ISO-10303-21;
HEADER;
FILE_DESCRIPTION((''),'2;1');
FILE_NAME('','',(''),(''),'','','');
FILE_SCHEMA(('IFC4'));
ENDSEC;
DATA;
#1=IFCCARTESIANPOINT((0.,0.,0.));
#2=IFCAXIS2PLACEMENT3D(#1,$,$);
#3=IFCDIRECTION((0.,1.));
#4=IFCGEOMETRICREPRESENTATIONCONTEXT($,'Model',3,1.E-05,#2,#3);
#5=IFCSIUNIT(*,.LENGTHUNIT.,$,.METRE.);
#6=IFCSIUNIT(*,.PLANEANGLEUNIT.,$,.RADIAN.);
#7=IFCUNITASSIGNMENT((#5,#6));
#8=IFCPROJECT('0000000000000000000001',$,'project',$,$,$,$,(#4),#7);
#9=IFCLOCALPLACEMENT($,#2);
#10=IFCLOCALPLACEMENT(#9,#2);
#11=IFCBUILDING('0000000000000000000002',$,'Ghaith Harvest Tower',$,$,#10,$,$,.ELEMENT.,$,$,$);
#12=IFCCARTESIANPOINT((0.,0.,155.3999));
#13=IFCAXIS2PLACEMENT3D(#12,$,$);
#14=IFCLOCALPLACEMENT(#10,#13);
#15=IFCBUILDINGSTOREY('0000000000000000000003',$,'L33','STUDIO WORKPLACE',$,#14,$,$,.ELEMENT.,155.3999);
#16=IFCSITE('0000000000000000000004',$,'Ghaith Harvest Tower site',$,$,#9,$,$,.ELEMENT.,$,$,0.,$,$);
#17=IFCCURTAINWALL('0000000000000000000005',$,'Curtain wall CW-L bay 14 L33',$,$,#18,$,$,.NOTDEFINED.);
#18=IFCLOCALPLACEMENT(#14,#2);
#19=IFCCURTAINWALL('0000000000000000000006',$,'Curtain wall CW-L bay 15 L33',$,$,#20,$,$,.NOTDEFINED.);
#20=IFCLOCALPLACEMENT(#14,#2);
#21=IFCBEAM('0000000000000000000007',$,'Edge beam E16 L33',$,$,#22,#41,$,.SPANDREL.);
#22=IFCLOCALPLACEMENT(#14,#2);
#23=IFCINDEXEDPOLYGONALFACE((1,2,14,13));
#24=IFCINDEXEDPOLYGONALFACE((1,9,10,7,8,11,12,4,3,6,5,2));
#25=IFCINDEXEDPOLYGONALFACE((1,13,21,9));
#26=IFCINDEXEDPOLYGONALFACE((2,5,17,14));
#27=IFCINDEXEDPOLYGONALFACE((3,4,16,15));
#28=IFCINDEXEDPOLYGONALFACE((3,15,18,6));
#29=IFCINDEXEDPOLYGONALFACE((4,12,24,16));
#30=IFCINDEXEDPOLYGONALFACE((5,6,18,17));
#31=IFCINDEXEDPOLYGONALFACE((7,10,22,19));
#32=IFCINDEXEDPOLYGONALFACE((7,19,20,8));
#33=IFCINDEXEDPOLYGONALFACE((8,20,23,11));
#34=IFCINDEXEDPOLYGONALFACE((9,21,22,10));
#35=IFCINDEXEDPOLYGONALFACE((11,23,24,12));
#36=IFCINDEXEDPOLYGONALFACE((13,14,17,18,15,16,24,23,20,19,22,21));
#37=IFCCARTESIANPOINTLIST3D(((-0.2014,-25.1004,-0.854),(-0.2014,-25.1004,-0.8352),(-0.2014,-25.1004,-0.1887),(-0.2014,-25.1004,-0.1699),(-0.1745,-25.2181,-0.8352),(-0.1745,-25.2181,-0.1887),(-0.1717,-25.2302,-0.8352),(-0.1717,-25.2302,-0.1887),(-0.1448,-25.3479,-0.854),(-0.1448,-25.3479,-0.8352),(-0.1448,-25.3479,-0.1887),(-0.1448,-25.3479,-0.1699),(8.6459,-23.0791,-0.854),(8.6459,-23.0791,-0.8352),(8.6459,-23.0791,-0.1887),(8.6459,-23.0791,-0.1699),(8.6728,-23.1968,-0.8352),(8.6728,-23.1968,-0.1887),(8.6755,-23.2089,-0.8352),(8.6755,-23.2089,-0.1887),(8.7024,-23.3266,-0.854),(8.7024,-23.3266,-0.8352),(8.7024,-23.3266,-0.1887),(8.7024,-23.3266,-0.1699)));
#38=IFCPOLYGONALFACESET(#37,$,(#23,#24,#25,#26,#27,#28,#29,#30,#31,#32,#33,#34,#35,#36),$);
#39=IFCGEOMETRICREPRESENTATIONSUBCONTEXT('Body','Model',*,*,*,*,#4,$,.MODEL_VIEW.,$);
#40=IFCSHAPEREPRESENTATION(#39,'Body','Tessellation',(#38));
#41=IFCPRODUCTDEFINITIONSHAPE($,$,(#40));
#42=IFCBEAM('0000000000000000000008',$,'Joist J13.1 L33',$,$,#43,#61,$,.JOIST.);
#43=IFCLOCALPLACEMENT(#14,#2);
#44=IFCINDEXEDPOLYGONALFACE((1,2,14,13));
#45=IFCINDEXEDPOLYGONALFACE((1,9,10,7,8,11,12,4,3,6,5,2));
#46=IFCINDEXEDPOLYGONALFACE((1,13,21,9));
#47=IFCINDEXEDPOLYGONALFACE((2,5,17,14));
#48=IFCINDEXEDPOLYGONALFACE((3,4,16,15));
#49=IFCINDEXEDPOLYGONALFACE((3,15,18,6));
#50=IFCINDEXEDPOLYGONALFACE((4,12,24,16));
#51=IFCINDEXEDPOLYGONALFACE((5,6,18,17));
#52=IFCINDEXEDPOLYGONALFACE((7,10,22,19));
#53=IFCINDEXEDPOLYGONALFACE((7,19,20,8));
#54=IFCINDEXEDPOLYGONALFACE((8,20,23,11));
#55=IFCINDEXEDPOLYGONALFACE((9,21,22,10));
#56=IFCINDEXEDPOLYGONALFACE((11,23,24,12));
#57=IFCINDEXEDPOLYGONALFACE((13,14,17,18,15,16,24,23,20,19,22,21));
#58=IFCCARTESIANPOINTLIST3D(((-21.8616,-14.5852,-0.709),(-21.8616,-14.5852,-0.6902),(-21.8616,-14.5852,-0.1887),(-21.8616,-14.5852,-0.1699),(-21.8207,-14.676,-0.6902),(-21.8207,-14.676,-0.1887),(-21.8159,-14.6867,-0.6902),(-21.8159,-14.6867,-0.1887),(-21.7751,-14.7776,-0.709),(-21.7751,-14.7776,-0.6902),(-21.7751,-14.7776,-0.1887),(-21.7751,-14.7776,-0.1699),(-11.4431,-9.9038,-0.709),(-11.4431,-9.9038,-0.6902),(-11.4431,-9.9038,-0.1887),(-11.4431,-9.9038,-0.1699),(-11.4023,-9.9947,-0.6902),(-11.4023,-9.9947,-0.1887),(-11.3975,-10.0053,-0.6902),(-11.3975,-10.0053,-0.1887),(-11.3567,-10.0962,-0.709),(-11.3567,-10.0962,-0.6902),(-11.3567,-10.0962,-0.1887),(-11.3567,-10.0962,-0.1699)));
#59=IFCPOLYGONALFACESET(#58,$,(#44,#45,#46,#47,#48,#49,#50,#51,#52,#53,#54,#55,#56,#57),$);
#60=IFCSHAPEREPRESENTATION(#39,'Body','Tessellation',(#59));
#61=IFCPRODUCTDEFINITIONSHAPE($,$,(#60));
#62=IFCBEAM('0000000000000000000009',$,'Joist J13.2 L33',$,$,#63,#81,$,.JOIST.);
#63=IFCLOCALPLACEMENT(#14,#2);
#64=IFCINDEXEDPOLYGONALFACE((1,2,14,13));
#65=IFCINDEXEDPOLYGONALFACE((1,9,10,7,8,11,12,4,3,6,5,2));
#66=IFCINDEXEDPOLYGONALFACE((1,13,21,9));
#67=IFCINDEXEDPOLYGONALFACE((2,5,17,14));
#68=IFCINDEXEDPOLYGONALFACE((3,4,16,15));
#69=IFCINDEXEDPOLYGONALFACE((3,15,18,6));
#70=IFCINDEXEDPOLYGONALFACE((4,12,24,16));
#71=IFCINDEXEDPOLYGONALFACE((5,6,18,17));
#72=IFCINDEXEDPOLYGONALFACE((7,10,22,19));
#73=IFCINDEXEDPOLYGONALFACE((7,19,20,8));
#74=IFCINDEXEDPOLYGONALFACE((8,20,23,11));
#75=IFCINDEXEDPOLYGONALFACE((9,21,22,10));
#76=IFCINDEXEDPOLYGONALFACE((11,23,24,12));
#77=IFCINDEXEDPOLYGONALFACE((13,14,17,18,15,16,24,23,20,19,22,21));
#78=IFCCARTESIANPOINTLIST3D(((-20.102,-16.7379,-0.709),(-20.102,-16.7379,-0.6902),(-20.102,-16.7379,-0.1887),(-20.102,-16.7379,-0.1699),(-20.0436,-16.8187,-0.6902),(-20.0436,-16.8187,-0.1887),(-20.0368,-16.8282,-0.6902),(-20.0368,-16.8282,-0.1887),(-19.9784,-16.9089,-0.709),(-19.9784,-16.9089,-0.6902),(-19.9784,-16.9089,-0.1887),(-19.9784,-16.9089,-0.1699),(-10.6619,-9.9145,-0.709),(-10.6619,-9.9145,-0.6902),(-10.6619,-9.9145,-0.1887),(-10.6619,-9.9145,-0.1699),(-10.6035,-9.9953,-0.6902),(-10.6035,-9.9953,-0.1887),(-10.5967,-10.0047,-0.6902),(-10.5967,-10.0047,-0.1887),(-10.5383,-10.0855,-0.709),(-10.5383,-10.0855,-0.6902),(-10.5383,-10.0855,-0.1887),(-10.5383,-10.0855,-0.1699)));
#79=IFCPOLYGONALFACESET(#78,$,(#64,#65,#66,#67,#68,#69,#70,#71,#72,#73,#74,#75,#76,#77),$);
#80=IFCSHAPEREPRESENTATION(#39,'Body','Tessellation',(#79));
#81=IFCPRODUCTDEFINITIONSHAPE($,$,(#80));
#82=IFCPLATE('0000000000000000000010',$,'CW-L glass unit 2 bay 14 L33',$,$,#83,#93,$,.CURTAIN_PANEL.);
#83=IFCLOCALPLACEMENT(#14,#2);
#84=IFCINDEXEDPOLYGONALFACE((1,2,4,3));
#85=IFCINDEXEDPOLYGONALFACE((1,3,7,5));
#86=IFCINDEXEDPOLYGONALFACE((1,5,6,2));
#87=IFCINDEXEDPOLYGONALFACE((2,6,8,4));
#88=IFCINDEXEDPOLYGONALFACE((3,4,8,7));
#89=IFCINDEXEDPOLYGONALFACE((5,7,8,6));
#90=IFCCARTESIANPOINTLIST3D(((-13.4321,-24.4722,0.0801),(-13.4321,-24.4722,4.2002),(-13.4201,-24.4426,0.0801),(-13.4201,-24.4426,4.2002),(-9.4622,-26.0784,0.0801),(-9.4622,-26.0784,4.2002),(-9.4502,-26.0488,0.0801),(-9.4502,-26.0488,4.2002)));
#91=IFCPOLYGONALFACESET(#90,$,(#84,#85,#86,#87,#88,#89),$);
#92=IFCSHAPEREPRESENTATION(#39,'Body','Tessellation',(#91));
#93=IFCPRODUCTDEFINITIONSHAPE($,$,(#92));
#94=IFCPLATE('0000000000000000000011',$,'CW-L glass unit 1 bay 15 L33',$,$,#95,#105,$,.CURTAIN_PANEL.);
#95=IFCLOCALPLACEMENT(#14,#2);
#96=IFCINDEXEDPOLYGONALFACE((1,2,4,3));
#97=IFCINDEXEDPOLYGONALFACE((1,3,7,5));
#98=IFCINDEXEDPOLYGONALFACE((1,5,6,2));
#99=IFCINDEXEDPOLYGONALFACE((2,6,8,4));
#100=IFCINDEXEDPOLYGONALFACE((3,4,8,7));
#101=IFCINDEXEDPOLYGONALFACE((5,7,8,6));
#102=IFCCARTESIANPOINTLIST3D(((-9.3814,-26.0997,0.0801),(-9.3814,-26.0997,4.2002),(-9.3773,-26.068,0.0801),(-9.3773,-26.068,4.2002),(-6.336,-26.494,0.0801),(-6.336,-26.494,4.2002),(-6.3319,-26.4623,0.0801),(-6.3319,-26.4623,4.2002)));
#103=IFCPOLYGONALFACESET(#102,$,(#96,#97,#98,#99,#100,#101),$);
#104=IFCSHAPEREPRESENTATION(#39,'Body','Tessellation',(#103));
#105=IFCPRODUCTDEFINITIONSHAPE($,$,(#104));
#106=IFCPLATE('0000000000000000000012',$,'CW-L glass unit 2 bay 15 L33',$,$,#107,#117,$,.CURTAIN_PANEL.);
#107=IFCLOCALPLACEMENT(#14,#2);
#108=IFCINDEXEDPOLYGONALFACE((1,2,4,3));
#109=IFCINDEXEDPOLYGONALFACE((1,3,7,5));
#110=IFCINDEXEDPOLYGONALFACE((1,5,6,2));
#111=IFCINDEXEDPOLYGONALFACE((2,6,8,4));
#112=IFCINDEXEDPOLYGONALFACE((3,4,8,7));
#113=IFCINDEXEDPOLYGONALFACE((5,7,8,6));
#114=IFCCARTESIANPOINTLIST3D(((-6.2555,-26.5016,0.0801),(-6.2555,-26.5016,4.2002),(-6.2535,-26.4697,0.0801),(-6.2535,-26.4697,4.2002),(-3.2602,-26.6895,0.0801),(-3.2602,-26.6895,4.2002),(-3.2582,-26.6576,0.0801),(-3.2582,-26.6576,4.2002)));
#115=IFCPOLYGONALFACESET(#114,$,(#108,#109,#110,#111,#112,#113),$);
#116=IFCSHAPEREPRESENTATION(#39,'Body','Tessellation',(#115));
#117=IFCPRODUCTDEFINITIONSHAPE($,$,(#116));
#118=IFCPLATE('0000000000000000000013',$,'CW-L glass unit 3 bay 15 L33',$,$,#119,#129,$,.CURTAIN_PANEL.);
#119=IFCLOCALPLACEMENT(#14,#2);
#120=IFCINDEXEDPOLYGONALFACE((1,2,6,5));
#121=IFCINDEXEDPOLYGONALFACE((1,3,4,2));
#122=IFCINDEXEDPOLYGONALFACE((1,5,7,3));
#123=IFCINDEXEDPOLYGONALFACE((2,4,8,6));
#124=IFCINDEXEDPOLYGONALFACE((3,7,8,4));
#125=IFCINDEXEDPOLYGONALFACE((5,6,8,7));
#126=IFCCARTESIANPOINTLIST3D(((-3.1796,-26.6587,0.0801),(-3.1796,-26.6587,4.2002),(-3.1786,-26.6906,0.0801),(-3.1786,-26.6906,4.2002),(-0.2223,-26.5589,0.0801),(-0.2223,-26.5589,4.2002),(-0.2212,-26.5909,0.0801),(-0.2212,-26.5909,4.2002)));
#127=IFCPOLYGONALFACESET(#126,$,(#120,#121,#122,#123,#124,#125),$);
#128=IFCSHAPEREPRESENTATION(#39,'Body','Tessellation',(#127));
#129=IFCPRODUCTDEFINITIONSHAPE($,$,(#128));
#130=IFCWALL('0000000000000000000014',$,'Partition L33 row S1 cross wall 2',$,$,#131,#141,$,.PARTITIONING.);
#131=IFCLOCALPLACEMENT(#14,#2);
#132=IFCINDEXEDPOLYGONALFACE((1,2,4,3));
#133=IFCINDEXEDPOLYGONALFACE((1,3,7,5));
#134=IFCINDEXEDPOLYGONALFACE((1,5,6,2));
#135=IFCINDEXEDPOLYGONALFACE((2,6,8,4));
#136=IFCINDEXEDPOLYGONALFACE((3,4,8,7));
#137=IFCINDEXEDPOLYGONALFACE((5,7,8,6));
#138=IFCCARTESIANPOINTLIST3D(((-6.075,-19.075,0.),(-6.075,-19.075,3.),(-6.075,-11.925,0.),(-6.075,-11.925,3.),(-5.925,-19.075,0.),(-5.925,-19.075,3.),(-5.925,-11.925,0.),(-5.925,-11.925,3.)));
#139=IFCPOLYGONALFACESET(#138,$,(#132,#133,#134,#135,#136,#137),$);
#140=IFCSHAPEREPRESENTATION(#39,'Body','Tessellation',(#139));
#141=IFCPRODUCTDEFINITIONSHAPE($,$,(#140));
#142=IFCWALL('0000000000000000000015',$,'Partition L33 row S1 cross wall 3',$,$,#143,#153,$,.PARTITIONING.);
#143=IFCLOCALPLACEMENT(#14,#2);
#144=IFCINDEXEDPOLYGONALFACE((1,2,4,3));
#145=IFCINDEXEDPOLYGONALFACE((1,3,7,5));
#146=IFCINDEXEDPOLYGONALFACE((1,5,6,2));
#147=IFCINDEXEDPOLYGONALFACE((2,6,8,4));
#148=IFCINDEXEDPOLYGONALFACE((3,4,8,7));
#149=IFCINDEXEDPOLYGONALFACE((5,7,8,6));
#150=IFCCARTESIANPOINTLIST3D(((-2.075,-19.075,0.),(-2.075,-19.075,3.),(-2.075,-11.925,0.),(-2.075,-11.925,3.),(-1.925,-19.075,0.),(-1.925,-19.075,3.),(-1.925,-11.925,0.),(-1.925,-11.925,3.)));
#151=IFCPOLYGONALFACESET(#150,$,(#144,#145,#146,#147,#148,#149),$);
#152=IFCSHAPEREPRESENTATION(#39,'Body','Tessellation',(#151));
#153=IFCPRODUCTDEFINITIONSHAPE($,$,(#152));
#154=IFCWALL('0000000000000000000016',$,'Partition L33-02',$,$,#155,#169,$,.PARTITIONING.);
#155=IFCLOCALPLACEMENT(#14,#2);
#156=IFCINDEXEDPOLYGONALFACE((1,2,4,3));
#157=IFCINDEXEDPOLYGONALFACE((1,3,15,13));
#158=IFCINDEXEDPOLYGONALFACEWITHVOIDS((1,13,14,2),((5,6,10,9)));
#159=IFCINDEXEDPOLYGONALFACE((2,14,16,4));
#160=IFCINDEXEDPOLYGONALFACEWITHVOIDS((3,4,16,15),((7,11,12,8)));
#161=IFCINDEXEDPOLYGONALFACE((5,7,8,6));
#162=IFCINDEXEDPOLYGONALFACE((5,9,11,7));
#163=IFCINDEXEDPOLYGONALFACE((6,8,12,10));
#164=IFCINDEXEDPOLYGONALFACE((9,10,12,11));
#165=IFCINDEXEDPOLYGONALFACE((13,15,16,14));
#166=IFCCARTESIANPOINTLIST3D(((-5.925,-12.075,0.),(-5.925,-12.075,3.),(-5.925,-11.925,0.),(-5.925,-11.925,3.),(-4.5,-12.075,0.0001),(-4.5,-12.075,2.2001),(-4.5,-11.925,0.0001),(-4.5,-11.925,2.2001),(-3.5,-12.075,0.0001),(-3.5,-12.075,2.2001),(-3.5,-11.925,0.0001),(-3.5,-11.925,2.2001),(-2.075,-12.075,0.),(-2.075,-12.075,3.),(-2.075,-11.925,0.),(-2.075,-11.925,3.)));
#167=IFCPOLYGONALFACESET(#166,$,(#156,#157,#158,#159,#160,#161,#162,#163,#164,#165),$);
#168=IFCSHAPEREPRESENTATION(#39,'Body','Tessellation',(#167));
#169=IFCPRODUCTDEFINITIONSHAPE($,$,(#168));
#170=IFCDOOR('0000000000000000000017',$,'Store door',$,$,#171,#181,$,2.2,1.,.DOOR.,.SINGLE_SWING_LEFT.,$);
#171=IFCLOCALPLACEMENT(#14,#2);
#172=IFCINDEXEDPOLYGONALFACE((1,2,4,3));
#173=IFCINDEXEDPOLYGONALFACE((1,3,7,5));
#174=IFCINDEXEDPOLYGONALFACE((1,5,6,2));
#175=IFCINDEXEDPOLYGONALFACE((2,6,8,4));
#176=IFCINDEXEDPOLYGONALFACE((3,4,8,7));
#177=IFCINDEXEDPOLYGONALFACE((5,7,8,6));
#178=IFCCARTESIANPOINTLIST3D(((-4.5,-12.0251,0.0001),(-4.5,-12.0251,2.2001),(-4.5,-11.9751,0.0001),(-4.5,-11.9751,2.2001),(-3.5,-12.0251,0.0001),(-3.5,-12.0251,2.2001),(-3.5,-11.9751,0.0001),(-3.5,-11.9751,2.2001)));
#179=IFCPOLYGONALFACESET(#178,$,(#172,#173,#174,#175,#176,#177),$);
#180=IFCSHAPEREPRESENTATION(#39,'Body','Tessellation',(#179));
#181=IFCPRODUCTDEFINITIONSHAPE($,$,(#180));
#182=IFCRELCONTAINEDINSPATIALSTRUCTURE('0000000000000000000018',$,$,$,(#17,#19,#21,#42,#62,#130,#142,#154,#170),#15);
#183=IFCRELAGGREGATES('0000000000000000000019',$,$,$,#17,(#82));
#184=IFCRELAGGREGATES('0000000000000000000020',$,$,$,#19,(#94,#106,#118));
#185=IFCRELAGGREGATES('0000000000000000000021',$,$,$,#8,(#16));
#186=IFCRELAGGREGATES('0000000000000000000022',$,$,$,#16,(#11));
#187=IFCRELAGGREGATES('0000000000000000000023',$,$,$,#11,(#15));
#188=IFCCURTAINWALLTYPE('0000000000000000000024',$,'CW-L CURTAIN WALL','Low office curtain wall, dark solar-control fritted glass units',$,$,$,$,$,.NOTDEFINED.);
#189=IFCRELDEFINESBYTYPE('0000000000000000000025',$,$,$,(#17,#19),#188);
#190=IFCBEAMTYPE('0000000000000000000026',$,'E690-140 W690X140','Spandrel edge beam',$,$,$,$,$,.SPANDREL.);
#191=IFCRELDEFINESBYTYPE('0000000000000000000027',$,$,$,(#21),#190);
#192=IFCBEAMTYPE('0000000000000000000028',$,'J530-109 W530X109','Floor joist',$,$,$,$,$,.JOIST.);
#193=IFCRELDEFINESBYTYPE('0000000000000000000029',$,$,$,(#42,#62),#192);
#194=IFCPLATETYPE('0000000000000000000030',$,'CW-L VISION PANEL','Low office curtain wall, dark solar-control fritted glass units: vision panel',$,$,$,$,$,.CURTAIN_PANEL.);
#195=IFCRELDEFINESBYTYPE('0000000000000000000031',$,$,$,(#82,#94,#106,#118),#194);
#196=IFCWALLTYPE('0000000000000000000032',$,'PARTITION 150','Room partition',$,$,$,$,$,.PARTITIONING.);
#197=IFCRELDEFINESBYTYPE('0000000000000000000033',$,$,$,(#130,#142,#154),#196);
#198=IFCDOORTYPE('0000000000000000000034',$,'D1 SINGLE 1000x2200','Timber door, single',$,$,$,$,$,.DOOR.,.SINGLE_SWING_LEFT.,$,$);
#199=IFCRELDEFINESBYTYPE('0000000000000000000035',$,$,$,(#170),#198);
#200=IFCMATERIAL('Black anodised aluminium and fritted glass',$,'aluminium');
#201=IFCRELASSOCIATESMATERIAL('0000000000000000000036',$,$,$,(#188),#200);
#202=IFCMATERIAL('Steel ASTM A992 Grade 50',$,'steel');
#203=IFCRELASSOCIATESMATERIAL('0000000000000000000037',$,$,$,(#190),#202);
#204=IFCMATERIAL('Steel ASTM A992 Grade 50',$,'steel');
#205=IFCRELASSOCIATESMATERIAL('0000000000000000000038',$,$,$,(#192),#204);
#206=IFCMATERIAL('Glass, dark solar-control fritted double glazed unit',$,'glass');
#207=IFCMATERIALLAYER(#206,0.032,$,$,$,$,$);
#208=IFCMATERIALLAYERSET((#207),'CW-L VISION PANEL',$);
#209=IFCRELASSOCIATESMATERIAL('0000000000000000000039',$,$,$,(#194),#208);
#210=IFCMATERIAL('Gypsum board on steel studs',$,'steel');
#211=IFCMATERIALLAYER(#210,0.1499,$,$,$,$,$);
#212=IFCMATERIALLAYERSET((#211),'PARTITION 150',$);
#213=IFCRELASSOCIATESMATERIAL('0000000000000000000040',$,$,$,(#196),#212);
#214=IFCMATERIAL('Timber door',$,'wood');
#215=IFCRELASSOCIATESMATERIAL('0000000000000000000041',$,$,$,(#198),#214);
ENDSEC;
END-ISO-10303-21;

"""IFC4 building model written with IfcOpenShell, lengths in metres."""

from ifc_helpers import new_model, si_unit, direction, frame, frame_2d, origin, origin_2d, place, context, subcontext, project, spatial, rectangle, i_section, extrude, material, layer, layer_set, material_profile, profile_set, type_object, element, fill, aggregate, save


model = new_model("IFC4")

# Units and contexts
model_context = context("Model", 3, precision=1e-05, world=origin(), true_north=direction((0.0, 1.0)))
body_context = subcontext(model_context, "Body", "Model", "MODEL_VIEW")
ifc_project = project(units=[si_unit("LENGTHUNIT", "METRE"), si_unit("PLANEANGLEUNIT", "RADIAN")], contexts=[model_context])

# Site, building, storey
site_placement = place(None, origin())
site = spatial("IfcSite", under=ifc_project, at=site_placement, Name="Ghaith Harvest Tower site", CompositionType="ELEMENT", RefElevation=0.0)
building_placement = place(site_placement, origin())
building = spatial("IfcBuilding", under=site, at=building_placement, Name="Ghaith Harvest Tower", CompositionType="ELEMENT")
storey_placement = place(building_placement, frame((0.0, 0.0, 155.3999)))
storey = spatial("IfcBuildingStorey", under=building, at=storey_placement, Name="L33", Description="STUDIO WORKPLACE", CompositionType="ELEMENT", Elevation=155.3999)

# Curtain wall
ifc_material_1 = material(Name="Black anodised aluminium and fritted glass", Category="aluminium")
curtain_wall_type = type_object("IfcCurtainWallType", Name="CW-L CURTAIN WALL", Description="Low office curtain wall, dark solar-control fritted glass units", PredefinedType="NOTDEFINED", material=ifc_material_1)
curtain_wall_1_placement = place(storey_placement, origin())
curtain_wall_1 = element("IfcCurtainWall", 1, at=curtain_wall_1_placement, inside=storey, type_object=curtain_wall_type, Name="Curtain wall CW-L bay 14 L33", PredefinedType="NOTDEFINED")

# Curtain wall
curtain_wall_2_placement = place(storey_placement, origin())
curtain_wall_2 = element("IfcCurtainWall", 2, at=curtain_wall_2_placement, inside=storey, type_object=curtain_wall_type, Name="Curtain wall CW-L bay 15 L33", PredefinedType="NOTDEFINED")

# Beams
ifc_material_2 = material(Name="Steel ASTM A992 Grade 50", Category="steel")
ifc_material_profile_1 = material_profile(ifc_material_2, i_section(OverallWidth=0.2539, OverallDepth=0.6841, WebThickness=0.0125, FlangeThickness=0.0188, at=origin_2d()), Name="W690X140")
ifc_profile_set_1 = profile_set([ifc_material_profile_1], Name="Steel ASTM A992 Grade 50")
beam_type_1 = type_object("IfcBeamType", Name="E690-140 W690X140", Description="Spandrel edge beam", PredefinedType="SPANDREL", material=ifc_profile_set_1)
beam_1_placement = place(storey_placement, frame((-0.1731, -25.2241, -0.512), z_axis=(0.974882, 0.222723, 0.0), x_axis=(-0.222723, 0.974882, 0.0)))
element("IfcBeam", 3, at=beam_1_placement, inside=storey, type_object=beam_type_1, Name="Edge beam E16 L33", PredefinedType="SPANDREL", context=body_context, shape_type="SweptSolid", body=[
    extrude(i_section(OverallWidth=0.2539, OverallDepth=0.6841, WebThickness=0.0125, FlangeThickness=0.0188, at=origin_2d()), origin(), (0.0, 0.0, 1.0), 9.0752),
])
ifc_material_3 = material(Name="Steel ASTM A992 Grade 50", Category="steel")
ifc_material_profile_2 = material_profile(ifc_material_3, i_section(OverallWidth=0.2109, OverallDepth=0.5391, WebThickness=0.0117, FlangeThickness=0.0188, at=origin_2d()), Name="W530X109")
ifc_profile_set_2 = profile_set([ifc_material_profile_2], Name="Steel ASTM A992 Grade 50")
beam_type_2 = type_object("IfcBeamType", Name="J530-109 W530X109", Description="Floor joist", PredefinedType="JOIST", material=ifc_profile_set_2)
beam_2_placement = place(storey_placement, frame((-11.3999, -10.0, -0.4395), z_axis=(-0.912148, -0.409862, 0.0), x_axis=(0.409862, -0.912148, 0.0)))
element("IfcBeam", 4, at=beam_2_placement, inside=storey, type_object=beam_type_2, Name="Joist J13.1 L33", PredefinedType="JOIST", context=body_context, shape_type="SweptSolid", body=[
    extrude(i_section(OverallWidth=0.2109, OverallDepth=0.5391, WebThickness=0.0117, FlangeThickness=0.0188, at=origin_2d()), origin(), (0.0, 0.0, 1.0), 11.4219),
])
beam_3_placement = place(storey_placement, frame((-10.6001, -10.0, -0.4395), z_axis=(-0.810452, -0.585805, 0.0), x_axis=(0.585805, -0.810452, 0.0)))
element("IfcBeam", 5, at=beam_3_placement, inside=storey, type_object=beam_type_2, Name="Joist J13.2 L33", PredefinedType="JOIST", context=body_context, shape_type="SweptSolid", body=[
    extrude(i_section(OverallWidth=0.2109, OverallDepth=0.5391, WebThickness=0.0117, FlangeThickness=0.0188, at=origin_2d()), origin(), (0.0, 0.0, 1.0), 11.6479),
])

# Plates
ifc_material_4 = material(Name="Glass, dark solar-control fritted double glazed unit", Category="glass")
ifc_layer_1 = layer(ifc_material_4, 0.032)
ifc_layer_set_1 = layer_set([ifc_layer_1], Name="CW-L VISION PANEL")
plate_type = type_object("IfcPlateType", Name="CW-L VISION PANEL", Description="Low office curtain wall, dark solar-control fritted glass units: vision panel", PredefinedType="CURTAIN_PANEL", material=ifc_layer_set_1)
plate_1_placement = place(storey_placement, frame((-11.4412, -25.2605, 0.0801), z_axis=(0.0, 0.0, 1.0), x_axis=(0.927003, -0.375055, 0.0)))
plate_1 = element("IfcPlate", 6, at=plate_1_placement, type_object=plate_type, Name="CW-L glass unit 2 bay 14 L33", PredefinedType="CURTAIN_PANEL", context=body_context, shape_type="SweptSolid", body=[
    extrude(rectangle(XDim=4.2825, YDim=0.032, at=origin_2d()), origin(), (0.0, 0.0, 1.0), 4.1201),
])
aggregate(curtain_wall_1, [plate_1])
plate_2_placement = place(storey_placement, frame((-7.8567, -26.281, 0.0801), z_axis=(0.0, 0.0, 1.0), x_axis=(0.991723, -0.128392, 0.0)))
plate_2 = element("IfcPlate", 7, at=plate_2_placement, type_object=plate_type, Name="CW-L glass unit 1 bay 15 L33", PredefinedType="CURTAIN_PANEL", context=body_context, shape_type="SweptSolid", body=[
    extrude(rectangle(XDim=3.0708, YDim=0.032, at=origin_2d()), origin(), (0.0, 0.0, 1.0), 4.1201),
])
plate_3_placement = place(storey_placement, frame((-4.7568, -26.5796, 0.0801), z_axis=(0.0, 0.0, 1.0), x_axis=(0.998038, -0.062607, 0.0)))
plate_3 = element("IfcPlate", 8, at=plate_3_placement, type_object=plate_type, Name="CW-L glass unit 2 bay 15 L33", PredefinedType="CURTAIN_PANEL", context=body_context, shape_type="SweptSolid", body=[
    extrude(rectangle(XDim=3.0012, YDim=0.032, at=origin_2d()), origin(), (0.0, 0.0, 1.0), 4.1201),
])
plate_4_placement = place(storey_placement, frame((-1.7004, -26.6248, 0.0801), z_axis=(0.0, 0.0, 1.0), x_axis=(0.999432, 0.033714, 0.0)))
plate_4 = element("IfcPlate", 9, at=plate_4_placement, type_object=plate_type, Name="CW-L glass unit 3 bay 15 L33", PredefinedType="CURTAIN_PANEL", context=body_context, shape_type="SweptSolid", body=[
    extrude(rectangle(XDim=2.959, YDim=0.032, at=origin_2d()), origin(), (0.0, 0.0, 1.0), 4.1201),
])
aggregate(curtain_wall_2, [plate_2, plate_3, plate_4])

# Walls
ifc_material_5 = material(Name="Gypsum board on steel studs", Category="steel")
ifc_layer_2 = layer(ifc_material_5, 0.1499)
ifc_layer_set_2 = layer_set([ifc_layer_2], Name="PARTITION 150")
wall_type = type_object("IfcWallType", Name="PARTITION 150", Description="Room partition", PredefinedType="PARTITIONING", material=ifc_layer_set_2)
for number, where, z_axis, x_axis, name in (
    (10, (-6.0, -11.925, 0.0), (0.0, 0.0, 1.0), (0.0, -1.0, 0.0), "Partition L33 row S1 cross wall 2"),
    (11, (-2.0, -11.925, 0.0), (0.0, 0.0, 1.0), (0.0, -1.0, 0.0), "Partition L33 row S1 cross wall 3"),
):
    element("IfcWall", number, at=place(storey_placement, frame(where, z_axis=z_axis, x_axis=x_axis)), inside=storey, type_object=wall_type, Name=name, PredefinedType="PARTITIONING", context=body_context, shape_type="SweptSolid", body=[
        extrude(rectangle(XDim=7.1499, YDim=0.1499, at=frame_2d((3.575, 0.0))), origin(), (0.0, 0.0, 1.0), 3.0),
    ])

# Wall, opening, door
wall_1_placement = place(storey_placement, frame((-5.925, -12.0, 0.0), z_axis=(0.0, 0.0, 1.0), x_axis=(1.0, 0.0, 0.0)))
wall_1 = element("IfcWall", 12, at=wall_1_placement, inside=storey, type_object=wall_type, Name="Partition L33-02", PredefinedType="PARTITIONING", context=body_context, shape_type="SweptSolid", body=[
    extrude(rectangle(XDim=3.8501, YDim=0.1499, at=frame_2d((1.925, 0.0))), origin(), (0.0, 0.0, 1.0), 3.0),
])
opening_placement = place(wall_1_placement, frame((1.425, 0.0, 0.0)))
opening = element("IfcOpeningElement", 13, at=opening_placement, cuts=wall_1, PredefinedType="OPENING", context=body_context, shape_type="SweptSolid", body=[
    extrude(rectangle(XDim=1.0, YDim=2.2, at=frame_2d((0.5, 1.1001))), frame((0.0, 0.085, 0.0), z_axis=(0.0, -1.0, 0.0), x_axis=(1.0, 0.0, 0.0)), (0.0, 0.0, 1.0), 0.1699),
])
ifc_material_6 = material(Name="Timber door", Category="wood")
door_type = type_object("IfcDoorType", Name="D1 SINGLE 1000x2200", Description="Timber door, single", OperationType="SINGLE_SWING_LEFT", PredefinedType="DOOR", material=ifc_material_6)
door_placement = place(opening_placement, origin())
door = element("IfcDoor", 14, at=door_placement, inside=storey, type_object=door_type, Name="Store door", OperationType="SINGLE_SWING_LEFT", OverallHeight=2.2, OverallWidth=1.0, PredefinedType="DOOR", context=body_context, shape_type="SweptSolid", body=[
    extrude(rectangle(XDim=1.0, YDim=2.2, at=frame_2d((0.5, 1.1001))), frame((0.0, 0.0249, 0.0), z_axis=(0.0, -1.0, 0.0), x_axis=(1.0, 0.0, 0.0)), (0.0, 0.0, 1.0), 0.05),
])
fill(opening, door)

save(model, "model.ifc")
